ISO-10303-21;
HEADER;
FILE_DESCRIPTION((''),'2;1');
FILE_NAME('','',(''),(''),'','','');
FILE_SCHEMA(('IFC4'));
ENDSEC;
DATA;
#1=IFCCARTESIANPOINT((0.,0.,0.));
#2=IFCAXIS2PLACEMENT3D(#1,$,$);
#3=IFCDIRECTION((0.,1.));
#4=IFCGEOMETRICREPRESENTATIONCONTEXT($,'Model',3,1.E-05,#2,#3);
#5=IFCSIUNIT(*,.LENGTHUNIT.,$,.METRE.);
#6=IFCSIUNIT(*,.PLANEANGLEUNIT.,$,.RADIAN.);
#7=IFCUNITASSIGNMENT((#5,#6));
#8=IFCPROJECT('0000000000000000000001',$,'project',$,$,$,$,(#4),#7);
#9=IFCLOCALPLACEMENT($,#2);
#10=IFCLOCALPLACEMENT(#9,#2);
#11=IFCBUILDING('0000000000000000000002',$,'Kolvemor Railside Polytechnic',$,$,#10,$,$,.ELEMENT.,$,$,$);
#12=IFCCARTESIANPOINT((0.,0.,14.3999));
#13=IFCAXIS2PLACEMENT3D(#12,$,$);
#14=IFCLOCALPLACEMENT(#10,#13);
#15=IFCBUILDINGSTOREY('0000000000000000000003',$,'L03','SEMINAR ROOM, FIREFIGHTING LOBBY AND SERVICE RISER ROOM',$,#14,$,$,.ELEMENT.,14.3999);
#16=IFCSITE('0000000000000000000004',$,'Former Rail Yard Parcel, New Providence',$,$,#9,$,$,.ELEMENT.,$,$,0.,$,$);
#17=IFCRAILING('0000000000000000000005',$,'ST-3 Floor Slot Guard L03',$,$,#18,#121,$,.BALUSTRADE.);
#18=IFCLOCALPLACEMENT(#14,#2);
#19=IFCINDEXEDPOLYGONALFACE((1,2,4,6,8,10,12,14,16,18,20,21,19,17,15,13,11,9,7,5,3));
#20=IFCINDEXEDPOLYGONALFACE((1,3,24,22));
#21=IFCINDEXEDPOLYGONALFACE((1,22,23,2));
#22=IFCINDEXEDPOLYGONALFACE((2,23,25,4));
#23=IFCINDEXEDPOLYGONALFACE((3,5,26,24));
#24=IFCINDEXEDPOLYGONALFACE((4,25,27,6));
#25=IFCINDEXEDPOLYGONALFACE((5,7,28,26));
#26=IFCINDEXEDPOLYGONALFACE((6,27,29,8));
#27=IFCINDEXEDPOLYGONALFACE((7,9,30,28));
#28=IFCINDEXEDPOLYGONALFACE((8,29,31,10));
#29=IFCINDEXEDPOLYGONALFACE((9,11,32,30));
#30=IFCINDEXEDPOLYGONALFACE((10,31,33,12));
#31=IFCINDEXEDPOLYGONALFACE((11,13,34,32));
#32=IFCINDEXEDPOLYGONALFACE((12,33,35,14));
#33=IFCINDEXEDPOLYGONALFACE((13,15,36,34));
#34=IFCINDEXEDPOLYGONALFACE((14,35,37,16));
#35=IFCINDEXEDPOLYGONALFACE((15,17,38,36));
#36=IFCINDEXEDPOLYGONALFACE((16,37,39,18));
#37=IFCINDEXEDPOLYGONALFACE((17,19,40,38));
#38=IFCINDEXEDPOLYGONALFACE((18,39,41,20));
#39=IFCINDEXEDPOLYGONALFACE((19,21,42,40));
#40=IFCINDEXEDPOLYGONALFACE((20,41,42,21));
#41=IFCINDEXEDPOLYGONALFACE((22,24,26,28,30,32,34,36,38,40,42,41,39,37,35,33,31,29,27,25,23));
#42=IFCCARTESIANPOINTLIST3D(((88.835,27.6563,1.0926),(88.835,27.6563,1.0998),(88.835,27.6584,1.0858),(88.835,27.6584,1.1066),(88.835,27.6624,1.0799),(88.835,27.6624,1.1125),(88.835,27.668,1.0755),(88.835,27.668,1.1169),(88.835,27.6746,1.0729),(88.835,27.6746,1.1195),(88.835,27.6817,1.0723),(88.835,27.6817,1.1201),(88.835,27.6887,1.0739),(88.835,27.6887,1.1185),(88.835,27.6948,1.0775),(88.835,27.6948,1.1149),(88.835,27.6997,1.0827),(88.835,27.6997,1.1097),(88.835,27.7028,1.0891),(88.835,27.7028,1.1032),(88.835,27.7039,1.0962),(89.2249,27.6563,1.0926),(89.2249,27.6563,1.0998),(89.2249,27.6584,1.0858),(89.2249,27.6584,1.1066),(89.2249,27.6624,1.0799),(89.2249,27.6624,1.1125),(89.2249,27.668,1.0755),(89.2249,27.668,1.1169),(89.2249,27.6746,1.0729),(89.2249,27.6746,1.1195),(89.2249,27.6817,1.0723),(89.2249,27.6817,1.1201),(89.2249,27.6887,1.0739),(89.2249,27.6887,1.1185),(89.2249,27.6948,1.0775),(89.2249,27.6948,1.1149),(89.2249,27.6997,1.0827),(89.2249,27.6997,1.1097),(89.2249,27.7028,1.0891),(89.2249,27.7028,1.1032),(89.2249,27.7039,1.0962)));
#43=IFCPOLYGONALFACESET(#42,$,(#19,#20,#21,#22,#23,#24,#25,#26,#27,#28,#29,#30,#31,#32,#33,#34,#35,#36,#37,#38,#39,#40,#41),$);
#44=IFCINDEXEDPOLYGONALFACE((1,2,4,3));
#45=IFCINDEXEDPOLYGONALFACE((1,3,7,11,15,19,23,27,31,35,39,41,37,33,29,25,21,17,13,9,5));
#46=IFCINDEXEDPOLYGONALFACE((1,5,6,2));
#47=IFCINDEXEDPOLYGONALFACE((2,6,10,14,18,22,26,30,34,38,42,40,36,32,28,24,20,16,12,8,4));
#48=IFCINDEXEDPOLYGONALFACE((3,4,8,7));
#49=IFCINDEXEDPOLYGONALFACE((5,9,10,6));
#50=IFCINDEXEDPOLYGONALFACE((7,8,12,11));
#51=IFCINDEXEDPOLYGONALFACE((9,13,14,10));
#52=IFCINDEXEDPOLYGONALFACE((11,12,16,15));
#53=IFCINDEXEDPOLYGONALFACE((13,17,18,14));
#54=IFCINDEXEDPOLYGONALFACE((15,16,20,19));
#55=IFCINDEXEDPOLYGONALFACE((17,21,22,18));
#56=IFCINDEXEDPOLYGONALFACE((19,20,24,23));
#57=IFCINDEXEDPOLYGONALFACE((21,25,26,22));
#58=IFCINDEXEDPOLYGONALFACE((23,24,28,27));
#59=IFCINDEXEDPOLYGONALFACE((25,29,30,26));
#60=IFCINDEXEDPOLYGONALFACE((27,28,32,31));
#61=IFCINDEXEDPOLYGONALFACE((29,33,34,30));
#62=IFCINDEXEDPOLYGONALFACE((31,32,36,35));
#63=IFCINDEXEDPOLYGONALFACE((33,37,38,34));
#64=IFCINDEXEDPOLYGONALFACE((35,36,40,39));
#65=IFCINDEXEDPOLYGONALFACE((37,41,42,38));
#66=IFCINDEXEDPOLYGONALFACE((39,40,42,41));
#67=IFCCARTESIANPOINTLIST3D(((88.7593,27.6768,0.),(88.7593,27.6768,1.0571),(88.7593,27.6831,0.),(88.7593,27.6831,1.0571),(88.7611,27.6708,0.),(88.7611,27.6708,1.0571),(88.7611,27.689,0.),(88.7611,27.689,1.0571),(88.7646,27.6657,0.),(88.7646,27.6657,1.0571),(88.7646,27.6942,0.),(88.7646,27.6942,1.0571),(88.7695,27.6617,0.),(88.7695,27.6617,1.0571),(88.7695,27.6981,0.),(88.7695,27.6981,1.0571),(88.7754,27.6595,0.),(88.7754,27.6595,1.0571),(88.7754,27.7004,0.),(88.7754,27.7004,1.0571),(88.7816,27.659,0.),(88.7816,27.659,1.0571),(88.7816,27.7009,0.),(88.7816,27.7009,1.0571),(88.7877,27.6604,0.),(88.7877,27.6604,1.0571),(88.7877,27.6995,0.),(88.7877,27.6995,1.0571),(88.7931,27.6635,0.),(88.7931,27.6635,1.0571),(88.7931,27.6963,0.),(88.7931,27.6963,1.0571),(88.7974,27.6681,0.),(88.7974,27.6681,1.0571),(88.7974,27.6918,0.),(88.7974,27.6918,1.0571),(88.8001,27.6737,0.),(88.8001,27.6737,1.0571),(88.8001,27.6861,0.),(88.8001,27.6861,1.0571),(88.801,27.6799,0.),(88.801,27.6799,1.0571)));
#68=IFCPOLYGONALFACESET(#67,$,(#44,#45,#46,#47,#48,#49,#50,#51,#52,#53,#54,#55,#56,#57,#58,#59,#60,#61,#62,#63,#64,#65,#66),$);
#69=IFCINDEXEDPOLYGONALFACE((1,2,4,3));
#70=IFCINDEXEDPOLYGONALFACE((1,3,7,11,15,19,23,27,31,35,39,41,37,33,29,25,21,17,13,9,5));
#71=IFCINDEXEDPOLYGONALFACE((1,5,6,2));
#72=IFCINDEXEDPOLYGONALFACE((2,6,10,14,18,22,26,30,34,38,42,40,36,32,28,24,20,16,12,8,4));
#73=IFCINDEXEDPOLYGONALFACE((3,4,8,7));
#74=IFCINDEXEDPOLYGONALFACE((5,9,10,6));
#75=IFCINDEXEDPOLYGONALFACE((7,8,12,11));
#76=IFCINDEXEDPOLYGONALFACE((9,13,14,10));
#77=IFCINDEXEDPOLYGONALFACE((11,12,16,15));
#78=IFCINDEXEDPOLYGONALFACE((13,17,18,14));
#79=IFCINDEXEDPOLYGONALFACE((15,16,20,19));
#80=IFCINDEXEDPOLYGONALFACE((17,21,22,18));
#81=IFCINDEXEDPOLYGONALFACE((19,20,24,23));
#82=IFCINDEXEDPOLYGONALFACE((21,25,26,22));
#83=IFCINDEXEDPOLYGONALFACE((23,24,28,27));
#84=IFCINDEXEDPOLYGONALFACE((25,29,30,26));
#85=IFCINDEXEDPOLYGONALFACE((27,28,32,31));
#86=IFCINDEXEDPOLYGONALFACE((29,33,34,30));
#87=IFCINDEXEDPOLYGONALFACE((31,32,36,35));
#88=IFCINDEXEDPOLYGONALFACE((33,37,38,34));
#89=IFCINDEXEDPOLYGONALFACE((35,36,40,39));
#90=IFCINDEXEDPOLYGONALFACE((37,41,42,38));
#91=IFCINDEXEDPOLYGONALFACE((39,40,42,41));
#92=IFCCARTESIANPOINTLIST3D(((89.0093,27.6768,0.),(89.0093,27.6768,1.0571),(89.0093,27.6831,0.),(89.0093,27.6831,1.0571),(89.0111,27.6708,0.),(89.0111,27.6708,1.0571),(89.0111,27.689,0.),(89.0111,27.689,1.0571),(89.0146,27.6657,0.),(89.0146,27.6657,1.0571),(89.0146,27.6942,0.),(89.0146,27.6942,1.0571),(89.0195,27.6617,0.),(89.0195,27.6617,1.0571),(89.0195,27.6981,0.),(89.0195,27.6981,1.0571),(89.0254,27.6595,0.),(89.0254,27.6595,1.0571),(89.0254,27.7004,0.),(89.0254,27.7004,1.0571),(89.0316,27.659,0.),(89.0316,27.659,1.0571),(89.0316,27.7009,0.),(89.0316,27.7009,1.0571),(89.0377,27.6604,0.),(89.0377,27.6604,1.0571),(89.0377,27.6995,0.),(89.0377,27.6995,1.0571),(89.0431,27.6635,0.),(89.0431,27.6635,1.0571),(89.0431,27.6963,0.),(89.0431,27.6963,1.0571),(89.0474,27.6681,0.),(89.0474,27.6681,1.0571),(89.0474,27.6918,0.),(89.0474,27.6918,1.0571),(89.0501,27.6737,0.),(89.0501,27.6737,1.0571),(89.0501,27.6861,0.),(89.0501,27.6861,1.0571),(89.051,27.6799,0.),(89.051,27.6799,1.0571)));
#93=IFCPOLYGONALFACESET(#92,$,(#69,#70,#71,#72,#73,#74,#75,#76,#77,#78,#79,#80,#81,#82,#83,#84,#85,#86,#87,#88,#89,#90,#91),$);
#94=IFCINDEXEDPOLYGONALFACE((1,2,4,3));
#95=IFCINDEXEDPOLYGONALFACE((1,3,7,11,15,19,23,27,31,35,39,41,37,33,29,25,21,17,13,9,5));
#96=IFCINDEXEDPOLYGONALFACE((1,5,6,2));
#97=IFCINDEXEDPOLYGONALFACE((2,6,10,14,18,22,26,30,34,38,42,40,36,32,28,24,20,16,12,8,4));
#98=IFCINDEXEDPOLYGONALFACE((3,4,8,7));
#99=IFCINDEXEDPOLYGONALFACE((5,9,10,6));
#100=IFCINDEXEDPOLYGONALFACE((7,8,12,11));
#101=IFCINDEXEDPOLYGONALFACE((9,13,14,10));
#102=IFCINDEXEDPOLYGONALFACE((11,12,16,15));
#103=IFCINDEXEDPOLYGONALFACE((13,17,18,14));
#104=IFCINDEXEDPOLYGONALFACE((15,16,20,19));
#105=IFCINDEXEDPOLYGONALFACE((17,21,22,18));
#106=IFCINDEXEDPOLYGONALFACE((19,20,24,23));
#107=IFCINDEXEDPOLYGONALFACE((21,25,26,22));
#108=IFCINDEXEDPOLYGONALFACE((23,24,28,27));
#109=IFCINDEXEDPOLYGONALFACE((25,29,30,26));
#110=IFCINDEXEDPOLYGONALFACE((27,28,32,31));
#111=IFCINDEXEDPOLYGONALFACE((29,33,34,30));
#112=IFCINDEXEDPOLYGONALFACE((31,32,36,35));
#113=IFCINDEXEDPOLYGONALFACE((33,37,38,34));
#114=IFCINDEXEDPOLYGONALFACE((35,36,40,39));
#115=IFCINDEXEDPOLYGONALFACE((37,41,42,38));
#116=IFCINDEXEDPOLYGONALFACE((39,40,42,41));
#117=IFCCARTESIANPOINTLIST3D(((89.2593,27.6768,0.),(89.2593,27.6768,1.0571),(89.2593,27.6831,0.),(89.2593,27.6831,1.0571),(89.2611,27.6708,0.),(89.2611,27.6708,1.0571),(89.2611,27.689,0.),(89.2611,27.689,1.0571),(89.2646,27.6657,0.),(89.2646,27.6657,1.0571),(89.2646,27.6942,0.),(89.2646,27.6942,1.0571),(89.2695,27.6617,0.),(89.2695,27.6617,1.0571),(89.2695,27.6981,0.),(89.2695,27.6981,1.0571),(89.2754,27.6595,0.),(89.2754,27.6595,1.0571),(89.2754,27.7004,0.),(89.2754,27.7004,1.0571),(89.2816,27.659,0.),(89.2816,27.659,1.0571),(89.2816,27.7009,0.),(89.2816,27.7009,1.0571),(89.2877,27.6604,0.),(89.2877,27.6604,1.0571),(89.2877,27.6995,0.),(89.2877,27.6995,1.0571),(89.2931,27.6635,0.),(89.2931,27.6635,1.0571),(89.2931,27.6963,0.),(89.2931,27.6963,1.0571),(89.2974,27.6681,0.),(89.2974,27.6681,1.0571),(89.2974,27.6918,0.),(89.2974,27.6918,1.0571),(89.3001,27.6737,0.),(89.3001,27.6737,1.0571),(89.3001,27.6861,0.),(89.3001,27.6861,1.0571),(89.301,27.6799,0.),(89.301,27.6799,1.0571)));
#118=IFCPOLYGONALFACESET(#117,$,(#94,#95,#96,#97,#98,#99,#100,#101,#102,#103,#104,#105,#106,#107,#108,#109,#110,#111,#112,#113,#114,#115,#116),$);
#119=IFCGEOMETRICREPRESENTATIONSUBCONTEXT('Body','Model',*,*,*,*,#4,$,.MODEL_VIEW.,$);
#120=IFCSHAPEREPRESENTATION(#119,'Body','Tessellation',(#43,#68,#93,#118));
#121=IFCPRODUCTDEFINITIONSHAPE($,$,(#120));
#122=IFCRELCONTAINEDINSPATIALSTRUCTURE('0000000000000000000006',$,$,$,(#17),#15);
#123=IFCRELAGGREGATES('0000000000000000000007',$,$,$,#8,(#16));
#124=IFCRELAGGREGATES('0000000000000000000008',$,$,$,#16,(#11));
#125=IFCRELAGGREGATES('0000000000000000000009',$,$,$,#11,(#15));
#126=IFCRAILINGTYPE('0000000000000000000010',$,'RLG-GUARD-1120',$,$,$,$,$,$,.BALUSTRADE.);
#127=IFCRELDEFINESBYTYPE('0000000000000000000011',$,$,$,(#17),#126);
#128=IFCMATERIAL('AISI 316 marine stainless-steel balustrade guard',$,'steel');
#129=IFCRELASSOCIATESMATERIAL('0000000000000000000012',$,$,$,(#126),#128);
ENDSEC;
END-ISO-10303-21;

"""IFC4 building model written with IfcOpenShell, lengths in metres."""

from ifc_helpers import new_model, si_unit, direction, frame, origin, origin_2d, place, context, subcontext, project, spatial, circle, extrude, material, type_object, element, save


model = new_model("IFC4")

# Units and contexts
model_context = context("Model", 3, precision=1e-05, world=origin(), true_north=direction((0.0, 1.0)))
body_context = subcontext(model_context, "Body", "Model", "MODEL_VIEW")
ifc_project = project(units=[si_unit("LENGTHUNIT", "METRE"), si_unit("PLANEANGLEUNIT", "RADIAN")], contexts=[model_context])

# Site, building, storey
site_placement = place(None, origin())
site = spatial("IfcSite", under=ifc_project, at=site_placement, Name="Former Rail Yard Parcel, New Providence", CompositionType="ELEMENT", RefElevation=0.0)
building_placement = place(site_placement, origin())
building = spatial("IfcBuilding", under=site, at=building_placement, Name="Kolvemor Railside Polytechnic", CompositionType="ELEMENT")
storey_placement = place(building_placement, frame((0.0, 0.0, 14.3999)))
storey = spatial("IfcBuildingStorey", under=building, at=storey_placement, Name="L03", Description="SEMINAR ROOM, FIREFIGHTING LOBBY AND SERVICE RISER ROOM", CompositionType="ELEMENT", Elevation=14.3999)

# Railing
ifc_material_1 = material(Name="AISI 316 marine stainless-steel balustrade guard", Category="steel")
railing_type_1 = type_object("IfcRailingType", Name="RLG-GUARD-1120", PredefinedType="BALUSTRADE", material=ifc_material_1)
railing_1_placement = place(storey_placement, frame((88.78, 27.6799, 0.0)))
element("IfcRailing", 1, at=railing_1_placement, inside=storey, type_object=railing_type_1, Name="ST-3 Floor Slot Guard L03", PredefinedType="BALUSTRADE", context=body_context, shape_type="SweptSolid", body=[
    extrude(circle(Radius=0.0239, at=origin_2d()), frame((0.0549, 0.0, 1.0962), z_axis=(1.0, 0.0, 0.0), x_axis=(0.0, 1.0, 0.0)), (0.0, 0.0, 1.0), 0.3899),
    extrude(circle(Radius=0.021, at=origin_2d()), origin(), (0.0, 0.0, 1.0), 1.0571),
    extrude(circle(Radius=0.021, at=origin_2d()), frame((0.25, 0.0, 0.0)), (0.0, 0.0, 1.0), 1.0571),
    extrude(circle(Radius=0.021, at=origin_2d()), frame((0.5, 0.0, 0.0)), (0.0, 0.0, 1.0), 1.0571),
])

save(model, "model.ifc")
